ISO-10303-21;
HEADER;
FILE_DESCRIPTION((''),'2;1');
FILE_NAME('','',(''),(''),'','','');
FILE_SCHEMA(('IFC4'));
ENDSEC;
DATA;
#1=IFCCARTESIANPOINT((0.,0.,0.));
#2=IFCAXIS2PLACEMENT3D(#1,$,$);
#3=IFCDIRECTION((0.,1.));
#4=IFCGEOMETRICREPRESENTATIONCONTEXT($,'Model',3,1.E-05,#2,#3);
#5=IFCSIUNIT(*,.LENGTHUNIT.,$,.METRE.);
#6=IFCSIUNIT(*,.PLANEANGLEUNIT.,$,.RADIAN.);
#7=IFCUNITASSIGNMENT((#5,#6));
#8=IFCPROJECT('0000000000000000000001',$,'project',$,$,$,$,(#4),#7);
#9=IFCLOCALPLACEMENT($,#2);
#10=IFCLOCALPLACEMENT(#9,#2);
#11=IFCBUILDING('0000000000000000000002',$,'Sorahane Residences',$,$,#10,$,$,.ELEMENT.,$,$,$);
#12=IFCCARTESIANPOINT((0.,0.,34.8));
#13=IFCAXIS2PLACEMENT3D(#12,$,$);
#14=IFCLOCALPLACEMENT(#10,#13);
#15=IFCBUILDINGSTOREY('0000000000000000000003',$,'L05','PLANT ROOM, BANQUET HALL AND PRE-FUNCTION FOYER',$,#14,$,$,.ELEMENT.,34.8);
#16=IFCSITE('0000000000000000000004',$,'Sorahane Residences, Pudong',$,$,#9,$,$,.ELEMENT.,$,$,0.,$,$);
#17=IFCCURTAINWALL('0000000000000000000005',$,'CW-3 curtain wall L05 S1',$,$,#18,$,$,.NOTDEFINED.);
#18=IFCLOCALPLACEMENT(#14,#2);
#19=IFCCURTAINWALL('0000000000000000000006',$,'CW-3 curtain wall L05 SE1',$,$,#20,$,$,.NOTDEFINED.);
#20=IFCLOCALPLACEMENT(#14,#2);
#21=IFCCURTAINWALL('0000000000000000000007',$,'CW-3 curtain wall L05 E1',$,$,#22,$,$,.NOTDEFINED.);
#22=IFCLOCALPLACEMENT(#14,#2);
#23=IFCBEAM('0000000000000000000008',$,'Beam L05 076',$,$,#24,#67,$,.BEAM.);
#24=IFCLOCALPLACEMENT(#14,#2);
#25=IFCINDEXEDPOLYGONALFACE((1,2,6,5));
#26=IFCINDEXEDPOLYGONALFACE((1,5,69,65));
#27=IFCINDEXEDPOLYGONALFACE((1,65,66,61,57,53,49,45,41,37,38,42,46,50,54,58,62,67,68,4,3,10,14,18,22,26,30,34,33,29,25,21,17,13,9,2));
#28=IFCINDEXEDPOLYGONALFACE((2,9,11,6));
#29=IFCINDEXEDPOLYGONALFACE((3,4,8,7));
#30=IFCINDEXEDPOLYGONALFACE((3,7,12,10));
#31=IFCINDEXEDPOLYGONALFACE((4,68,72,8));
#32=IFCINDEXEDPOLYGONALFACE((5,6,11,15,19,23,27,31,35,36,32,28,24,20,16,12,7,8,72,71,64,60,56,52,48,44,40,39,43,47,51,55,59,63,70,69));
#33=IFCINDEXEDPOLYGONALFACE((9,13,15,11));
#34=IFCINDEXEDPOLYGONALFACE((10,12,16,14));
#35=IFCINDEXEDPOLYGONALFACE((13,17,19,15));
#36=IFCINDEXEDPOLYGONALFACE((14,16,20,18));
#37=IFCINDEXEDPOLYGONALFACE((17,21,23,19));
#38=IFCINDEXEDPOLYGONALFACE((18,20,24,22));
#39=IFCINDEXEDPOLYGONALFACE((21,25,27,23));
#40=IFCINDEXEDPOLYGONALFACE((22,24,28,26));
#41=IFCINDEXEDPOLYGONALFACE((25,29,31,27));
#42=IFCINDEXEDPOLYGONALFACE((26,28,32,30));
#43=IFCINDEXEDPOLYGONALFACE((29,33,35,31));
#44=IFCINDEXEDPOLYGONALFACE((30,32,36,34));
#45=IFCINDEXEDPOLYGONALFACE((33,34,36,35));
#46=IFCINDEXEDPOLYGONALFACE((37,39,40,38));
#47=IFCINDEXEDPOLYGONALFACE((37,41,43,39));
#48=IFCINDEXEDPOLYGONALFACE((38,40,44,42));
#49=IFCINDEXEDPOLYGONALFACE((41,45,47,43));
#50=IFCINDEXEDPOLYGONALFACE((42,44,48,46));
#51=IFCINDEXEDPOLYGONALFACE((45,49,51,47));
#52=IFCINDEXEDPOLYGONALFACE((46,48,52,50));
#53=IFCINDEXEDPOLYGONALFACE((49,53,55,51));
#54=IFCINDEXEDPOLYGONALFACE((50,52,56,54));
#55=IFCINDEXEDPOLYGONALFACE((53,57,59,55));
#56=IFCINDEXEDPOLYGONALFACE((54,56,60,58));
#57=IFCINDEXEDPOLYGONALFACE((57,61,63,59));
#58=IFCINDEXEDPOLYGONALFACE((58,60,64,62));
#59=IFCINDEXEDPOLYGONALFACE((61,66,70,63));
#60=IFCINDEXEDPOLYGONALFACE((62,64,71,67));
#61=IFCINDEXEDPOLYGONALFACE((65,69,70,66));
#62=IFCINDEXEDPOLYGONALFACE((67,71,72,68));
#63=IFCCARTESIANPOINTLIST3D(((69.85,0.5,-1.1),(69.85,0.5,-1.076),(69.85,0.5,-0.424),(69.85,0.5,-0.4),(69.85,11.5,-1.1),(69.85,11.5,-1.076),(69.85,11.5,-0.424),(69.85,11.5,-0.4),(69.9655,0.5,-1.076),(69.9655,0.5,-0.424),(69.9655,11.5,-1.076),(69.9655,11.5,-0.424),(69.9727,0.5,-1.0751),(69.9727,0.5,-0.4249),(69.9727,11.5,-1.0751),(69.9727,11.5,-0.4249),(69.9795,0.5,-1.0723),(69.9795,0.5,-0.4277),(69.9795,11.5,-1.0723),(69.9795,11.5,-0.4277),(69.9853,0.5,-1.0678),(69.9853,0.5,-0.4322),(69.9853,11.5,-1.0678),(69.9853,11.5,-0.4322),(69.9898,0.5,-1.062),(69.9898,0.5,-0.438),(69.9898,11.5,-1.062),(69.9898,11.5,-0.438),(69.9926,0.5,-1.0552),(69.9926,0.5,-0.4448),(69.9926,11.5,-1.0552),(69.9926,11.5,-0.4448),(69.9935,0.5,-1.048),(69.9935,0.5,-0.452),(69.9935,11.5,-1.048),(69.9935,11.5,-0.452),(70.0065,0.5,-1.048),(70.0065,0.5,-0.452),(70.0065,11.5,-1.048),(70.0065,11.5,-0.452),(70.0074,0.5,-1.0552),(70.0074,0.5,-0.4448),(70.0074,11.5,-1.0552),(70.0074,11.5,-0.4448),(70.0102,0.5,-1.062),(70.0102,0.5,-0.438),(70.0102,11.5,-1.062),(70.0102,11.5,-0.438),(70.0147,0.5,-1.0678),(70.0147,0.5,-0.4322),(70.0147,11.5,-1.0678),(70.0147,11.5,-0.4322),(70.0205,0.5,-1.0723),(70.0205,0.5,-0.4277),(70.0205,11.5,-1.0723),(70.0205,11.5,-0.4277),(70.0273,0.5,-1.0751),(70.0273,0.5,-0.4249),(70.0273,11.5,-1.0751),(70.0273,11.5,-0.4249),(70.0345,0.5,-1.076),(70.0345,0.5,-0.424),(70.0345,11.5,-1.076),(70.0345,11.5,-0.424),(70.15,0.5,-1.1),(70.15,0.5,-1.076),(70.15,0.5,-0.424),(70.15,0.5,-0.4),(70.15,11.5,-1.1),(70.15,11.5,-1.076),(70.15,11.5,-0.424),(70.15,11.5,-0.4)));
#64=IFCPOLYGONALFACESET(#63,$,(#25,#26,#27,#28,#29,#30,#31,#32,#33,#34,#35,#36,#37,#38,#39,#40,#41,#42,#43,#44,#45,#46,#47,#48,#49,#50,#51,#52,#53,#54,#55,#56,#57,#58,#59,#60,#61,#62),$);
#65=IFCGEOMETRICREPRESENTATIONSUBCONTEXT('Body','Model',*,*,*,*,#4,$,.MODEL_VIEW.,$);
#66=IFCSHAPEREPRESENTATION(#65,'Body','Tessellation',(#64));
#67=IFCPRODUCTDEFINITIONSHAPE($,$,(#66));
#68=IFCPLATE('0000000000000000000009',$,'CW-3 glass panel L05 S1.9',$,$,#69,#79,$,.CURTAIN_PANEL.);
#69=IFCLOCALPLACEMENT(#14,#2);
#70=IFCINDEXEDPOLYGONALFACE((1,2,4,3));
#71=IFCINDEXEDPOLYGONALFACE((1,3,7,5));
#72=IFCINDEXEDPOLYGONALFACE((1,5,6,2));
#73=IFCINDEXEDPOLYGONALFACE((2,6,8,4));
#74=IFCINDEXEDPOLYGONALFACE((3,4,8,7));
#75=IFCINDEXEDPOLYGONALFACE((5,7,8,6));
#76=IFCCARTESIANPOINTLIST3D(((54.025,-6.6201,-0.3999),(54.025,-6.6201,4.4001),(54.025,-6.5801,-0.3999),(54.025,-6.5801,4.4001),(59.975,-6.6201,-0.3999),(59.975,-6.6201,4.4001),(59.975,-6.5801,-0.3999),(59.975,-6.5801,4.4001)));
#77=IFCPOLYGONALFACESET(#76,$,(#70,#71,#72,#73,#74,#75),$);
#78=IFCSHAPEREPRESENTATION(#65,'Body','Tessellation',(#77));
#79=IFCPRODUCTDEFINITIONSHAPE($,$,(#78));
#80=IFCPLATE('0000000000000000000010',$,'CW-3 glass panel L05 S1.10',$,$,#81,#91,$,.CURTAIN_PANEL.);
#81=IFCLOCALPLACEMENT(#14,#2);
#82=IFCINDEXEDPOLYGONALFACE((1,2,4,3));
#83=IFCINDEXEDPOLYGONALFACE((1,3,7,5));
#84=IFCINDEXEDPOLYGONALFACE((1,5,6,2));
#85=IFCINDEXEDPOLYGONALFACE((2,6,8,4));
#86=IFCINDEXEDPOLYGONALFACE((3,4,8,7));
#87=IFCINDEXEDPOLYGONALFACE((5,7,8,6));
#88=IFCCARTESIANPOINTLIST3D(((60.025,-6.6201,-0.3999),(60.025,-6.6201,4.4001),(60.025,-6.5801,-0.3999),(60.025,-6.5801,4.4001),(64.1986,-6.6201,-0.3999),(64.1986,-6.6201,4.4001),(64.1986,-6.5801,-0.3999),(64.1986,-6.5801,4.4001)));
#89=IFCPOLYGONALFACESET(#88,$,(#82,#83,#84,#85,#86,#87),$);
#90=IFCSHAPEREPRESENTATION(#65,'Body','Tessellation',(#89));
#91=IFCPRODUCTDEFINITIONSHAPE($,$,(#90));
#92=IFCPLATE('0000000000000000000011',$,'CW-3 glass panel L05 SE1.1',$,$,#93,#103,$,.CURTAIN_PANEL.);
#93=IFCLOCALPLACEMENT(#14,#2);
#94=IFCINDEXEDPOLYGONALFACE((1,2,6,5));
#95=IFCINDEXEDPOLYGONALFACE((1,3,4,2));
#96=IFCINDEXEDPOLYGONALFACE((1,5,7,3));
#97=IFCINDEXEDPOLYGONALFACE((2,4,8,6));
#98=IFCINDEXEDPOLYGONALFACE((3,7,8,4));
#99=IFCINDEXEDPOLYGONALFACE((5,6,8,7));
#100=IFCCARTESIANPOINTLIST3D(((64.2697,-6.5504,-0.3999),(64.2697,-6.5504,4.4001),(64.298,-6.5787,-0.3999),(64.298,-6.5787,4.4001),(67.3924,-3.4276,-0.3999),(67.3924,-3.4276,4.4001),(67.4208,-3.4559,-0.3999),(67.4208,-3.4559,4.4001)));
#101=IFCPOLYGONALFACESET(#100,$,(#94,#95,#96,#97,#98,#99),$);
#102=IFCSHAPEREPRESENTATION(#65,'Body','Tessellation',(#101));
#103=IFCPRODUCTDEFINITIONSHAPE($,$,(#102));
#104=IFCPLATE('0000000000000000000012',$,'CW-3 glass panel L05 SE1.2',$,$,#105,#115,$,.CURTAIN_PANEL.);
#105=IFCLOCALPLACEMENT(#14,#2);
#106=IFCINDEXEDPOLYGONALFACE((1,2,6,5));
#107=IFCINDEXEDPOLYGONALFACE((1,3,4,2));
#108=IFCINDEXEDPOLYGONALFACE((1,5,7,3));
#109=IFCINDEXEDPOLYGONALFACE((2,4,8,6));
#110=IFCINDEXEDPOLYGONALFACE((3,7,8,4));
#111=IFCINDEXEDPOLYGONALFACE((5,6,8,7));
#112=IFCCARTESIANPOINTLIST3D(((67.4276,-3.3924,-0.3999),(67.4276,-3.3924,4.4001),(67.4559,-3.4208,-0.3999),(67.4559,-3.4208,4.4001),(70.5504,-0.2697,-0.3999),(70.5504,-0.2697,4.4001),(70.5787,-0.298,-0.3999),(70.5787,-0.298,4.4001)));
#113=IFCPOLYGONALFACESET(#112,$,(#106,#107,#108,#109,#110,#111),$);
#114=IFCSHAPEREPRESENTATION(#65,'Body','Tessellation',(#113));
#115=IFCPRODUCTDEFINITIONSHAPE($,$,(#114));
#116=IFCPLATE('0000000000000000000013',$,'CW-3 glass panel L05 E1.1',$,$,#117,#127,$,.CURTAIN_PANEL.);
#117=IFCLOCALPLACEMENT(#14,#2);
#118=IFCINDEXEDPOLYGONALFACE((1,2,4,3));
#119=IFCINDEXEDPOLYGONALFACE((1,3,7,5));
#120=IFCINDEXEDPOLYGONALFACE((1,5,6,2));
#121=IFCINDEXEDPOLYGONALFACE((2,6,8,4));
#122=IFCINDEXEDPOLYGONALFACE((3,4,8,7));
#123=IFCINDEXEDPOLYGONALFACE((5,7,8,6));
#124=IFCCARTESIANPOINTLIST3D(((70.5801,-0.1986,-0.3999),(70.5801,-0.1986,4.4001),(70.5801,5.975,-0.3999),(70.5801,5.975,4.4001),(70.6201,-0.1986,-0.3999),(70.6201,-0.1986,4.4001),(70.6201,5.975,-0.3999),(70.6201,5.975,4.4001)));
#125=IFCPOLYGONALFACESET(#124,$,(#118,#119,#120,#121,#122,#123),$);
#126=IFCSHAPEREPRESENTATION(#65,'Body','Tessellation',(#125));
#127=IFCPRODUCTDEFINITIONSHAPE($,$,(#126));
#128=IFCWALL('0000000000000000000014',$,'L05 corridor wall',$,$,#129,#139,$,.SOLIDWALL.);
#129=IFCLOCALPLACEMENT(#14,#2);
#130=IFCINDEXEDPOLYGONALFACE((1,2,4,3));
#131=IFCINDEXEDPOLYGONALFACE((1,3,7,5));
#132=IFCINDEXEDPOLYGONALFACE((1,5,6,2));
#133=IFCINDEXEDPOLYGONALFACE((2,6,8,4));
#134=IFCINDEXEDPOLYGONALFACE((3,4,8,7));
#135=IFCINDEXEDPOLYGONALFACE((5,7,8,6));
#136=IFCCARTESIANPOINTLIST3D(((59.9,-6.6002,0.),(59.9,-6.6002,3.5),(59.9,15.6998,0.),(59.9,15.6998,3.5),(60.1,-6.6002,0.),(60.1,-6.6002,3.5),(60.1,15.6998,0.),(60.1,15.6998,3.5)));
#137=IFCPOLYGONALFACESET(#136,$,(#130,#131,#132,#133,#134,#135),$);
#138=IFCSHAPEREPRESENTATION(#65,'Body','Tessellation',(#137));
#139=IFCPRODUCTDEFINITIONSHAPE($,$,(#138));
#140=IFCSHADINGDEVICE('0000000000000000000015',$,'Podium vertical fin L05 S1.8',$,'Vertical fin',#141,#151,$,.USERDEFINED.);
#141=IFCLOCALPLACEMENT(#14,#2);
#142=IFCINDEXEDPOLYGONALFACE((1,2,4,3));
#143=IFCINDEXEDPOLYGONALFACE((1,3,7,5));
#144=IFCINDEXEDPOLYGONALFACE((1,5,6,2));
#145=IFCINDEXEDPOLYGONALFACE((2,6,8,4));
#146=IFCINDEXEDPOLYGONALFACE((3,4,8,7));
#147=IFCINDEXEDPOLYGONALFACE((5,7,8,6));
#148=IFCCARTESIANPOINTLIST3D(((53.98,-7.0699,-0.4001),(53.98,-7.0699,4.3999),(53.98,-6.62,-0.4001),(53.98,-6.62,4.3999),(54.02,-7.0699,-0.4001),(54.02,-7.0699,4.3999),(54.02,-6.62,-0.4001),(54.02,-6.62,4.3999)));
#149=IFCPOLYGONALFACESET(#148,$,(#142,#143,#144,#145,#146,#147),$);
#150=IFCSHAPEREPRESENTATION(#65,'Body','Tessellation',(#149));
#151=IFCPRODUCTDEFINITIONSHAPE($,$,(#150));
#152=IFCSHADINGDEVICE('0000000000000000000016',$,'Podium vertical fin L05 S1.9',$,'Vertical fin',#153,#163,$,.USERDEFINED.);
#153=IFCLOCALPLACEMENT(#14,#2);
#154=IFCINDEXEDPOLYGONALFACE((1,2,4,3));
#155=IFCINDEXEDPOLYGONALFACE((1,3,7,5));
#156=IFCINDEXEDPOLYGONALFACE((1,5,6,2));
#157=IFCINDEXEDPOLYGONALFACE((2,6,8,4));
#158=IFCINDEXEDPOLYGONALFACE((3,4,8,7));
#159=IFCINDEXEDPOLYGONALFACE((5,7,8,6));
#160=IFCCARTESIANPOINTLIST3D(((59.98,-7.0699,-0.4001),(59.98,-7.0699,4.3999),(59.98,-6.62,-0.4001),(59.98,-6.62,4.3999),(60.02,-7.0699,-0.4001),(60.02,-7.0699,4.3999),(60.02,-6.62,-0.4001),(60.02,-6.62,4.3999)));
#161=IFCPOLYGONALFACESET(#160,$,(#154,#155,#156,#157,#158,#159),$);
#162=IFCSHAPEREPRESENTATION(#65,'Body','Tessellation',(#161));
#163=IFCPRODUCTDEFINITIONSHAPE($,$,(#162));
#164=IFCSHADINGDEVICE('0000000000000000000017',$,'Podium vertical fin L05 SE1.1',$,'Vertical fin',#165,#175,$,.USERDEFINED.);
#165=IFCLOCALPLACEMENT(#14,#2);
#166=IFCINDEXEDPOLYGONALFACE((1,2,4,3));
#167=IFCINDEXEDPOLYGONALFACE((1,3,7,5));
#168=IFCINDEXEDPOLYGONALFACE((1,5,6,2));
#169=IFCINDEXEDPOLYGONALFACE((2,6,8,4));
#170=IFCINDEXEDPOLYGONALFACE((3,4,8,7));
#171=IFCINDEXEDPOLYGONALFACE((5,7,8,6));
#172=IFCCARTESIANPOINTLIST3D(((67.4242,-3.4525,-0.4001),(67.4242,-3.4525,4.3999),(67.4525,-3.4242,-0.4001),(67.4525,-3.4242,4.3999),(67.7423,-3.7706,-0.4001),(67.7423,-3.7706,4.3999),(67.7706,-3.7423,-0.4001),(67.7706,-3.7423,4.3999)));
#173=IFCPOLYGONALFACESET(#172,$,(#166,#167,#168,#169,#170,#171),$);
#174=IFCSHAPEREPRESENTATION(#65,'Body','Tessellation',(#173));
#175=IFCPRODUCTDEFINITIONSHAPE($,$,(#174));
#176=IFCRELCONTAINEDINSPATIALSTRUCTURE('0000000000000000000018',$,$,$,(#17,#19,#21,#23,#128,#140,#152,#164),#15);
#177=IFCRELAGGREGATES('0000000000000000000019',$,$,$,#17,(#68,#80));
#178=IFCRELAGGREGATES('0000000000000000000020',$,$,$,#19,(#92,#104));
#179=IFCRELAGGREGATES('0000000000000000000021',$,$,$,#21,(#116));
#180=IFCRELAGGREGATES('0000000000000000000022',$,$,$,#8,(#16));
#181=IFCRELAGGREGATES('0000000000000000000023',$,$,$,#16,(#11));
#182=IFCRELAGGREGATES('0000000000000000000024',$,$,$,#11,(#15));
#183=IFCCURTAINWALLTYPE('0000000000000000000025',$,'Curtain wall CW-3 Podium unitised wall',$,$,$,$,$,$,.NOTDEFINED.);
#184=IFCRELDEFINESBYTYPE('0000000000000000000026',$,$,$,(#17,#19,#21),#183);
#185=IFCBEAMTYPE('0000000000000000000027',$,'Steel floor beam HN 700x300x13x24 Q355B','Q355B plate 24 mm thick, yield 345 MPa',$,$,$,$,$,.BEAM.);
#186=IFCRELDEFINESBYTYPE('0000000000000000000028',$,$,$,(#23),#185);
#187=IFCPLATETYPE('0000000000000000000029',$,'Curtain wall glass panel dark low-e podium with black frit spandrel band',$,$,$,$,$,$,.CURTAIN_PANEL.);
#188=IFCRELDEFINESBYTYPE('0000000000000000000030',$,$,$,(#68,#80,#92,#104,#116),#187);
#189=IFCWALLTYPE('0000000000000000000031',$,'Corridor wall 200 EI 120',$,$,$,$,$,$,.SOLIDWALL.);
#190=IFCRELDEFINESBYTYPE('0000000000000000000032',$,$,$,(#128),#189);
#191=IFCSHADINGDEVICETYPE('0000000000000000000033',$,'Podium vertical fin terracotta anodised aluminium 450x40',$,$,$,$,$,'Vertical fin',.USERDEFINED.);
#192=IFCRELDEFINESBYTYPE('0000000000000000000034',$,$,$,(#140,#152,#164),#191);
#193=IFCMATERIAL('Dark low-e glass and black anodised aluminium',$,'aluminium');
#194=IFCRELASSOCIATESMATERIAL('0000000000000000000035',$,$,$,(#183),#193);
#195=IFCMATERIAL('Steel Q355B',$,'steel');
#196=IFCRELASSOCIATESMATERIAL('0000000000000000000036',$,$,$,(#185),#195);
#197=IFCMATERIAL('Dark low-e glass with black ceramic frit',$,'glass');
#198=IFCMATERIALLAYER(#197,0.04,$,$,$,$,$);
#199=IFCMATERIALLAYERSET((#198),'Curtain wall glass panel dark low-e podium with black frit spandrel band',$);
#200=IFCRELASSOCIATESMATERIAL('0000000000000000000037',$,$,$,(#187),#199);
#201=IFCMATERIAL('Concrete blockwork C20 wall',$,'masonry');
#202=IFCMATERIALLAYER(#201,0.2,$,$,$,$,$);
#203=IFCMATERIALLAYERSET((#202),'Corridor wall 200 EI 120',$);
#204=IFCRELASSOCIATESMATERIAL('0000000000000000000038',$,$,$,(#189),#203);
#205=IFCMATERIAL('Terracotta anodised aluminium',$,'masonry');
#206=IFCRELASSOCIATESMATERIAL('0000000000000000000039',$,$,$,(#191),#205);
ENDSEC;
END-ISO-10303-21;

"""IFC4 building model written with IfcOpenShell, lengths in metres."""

from ifc_helpers import new_model, si_unit, direction, frame, frame_2d, origin, origin_2d, place, context, subcontext, project, spatial, rectangle, i_section, extrude, material, layer, layer_set, material_profile, profile_set, type_object, element, aggregate, save


model = new_model("IFC4")

# Units and contexts
model_context = context("Model", 3, precision=1e-05, world=origin(), true_north=direction((0.0, 1.0)))
body_context = subcontext(model_context, "Body", "Model", "MODEL_VIEW")
ifc_project = project(units=[si_unit("LENGTHUNIT", "METRE"), si_unit("PLANEANGLEUNIT", "RADIAN")], contexts=[model_context])

# Site, building, storey
site_placement = place(None, origin())
site = spatial("IfcSite", under=ifc_project, at=site_placement, Name="Sorahane Residences, Pudong", CompositionType="ELEMENT", RefElevation=0.0)
building_placement = place(site_placement, origin())
building = spatial("IfcBuilding", under=site, at=building_placement, Name="Sorahane Residences", CompositionType="ELEMENT")
storey_placement = place(building_placement, frame((0.0, 0.0, 34.8)))
storey = spatial("IfcBuildingStorey", under=building, at=storey_placement, Name="L05", Description="PLANT ROOM, BANQUET HALL AND PRE-FUNCTION FOYER", CompositionType="ELEMENT", Elevation=34.8)

# Curtain walls
ifc_material_1 = material(Name="Dark low-e glass and black anodised aluminium", Category="aluminium")
curtain_wall_type = type_object("IfcCurtainWallType", Name="Curtain wall CW-3 Podium unitised wall", PredefinedType="NOTDEFINED", material=ifc_material_1)
curtain_wall_1_placement = place(storey_placement, origin())
curtain_wall_1 = element("IfcCurtainWall", 1, at=curtain_wall_1_placement, inside=storey, type_object=curtain_wall_type, Name="CW-3 curtain wall L05 S1", PredefinedType="NOTDEFINED")
curtain_wall_2_placement = place(storey_placement, origin())
curtain_wall_2 = element("IfcCurtainWall", 2, at=curtain_wall_2_placement, inside=storey, type_object=curtain_wall_type, Name="CW-3 curtain wall L05 SE1", PredefinedType="NOTDEFINED")

# Curtain wall
curtain_wall_3_placement = place(storey_placement, origin())
curtain_wall_3 = element("IfcCurtainWall", 3, at=curtain_wall_3_placement, inside=storey, type_object=curtain_wall_type, Name="CW-3 curtain wall L05 E1", PredefinedType="NOTDEFINED")

# Beam
ifc_material_2 = material(Name="Steel Q355B", Category="steel")
ifc_material_profile_1 = material_profile(ifc_material_2, i_section(OverallWidth=0.3, OverallDepth=0.7, WebThickness=0.0129, FlangeThickness=0.0239, FilletRadius=0.0281, at=origin_2d()), Name="HN 700x300x13x24")
ifc_profile_set_1 = profile_set([ifc_material_profile_1], Name="Steel Q355B")
beam_type_1 = type_object("IfcBeamType", Name="Steel floor beam HN 700x300x13x24 Q355B", Description="Q355B plate 24 mm thick, yield 345 MPa", PredefinedType="BEAM", material=ifc_profile_set_1)
beam_1_placement = place(storey_placement, frame((70.0, 0.5, -0.75), z_axis=(0.0, 1.0, 0.0), x_axis=(-1.0, 0.0, 0.0)))
element("IfcBeam", 4, at=beam_1_placement, inside=storey, type_object=beam_type_1, Name="Beam L05 076", PredefinedType="BEAM", context=body_context, shape_type="SweptSolid", body=[
    extrude(i_section(OverallWidth=0.3, OverallDepth=0.7, WebThickness=0.0129, FlangeThickness=0.0239, FilletRadius=0.0281, at=origin_2d()), origin(), (0.0, 0.0, 1.0), 11.0),
])

# Plates
ifc_material_3 = material(Name="Dark low-e glass with black ceramic frit", Category="glass")
ifc_layer_1 = layer(ifc_material_3, 0.04)
ifc_layer_set_1 = layer_set([ifc_layer_1], Name="Curtain wall glass panel dark low-e podium with black frit spandrel band")
plate_type = type_object("IfcPlateType", Name="Curtain wall glass panel dark low-e podium with black frit spandrel band", PredefinedType="CURTAIN_PANEL", material=ifc_layer_set_1)
plate_1_placement = place(storey_placement, frame((57.0, -6.6001, -0.3999), z_axis=(0.0, 0.0, 1.0), x_axis=(1.0, 0.0, 0.0)))
plate_1 = element("IfcPlate", 5, at=plate_1_placement, type_object=plate_type, Name="CW-3 glass panel L05 S1.9", PredefinedType="CURTAIN_PANEL", context=body_context, shape_type="SweptSolid", body=[
    extrude(rectangle(XDim=5.95, YDim=0.04, at=origin_2d()), origin(), (0.0, 0.0, 1.0), 4.8),
])
plate_2_placement = place(storey_placement, frame((62.1118, -6.6001, -0.3999), z_axis=(0.0, 0.0, 1.0), x_axis=(1.0, 0.0, 0.0)))
plate_2 = element("IfcPlate", 6, at=plate_2_placement, type_object=plate_type, Name="CW-3 glass panel L05 S1.10", PredefinedType="CURTAIN_PANEL", context=body_context, shape_type="SweptSolid", body=[
    extrude(rectangle(XDim=4.1736, YDim=0.04, at=origin_2d()), origin(), (0.0, 0.0, 1.0), 4.8),
])
aggregate(curtain_wall_1, [plate_1, plate_2])
plate_3_placement = place(storey_placement, frame((65.8452, -5.0032, -0.3999), z_axis=(0.0, 0.0, 1.0), x_axis=(0.707107, 0.707107, 0.0)))
plate_3 = element("IfcPlate", 7, at=plate_3_placement, type_object=plate_type, Name="CW-3 glass panel L05 SE1.1", PredefinedType="CURTAIN_PANEL", context=body_context, shape_type="SweptSolid", body=[
    extrude(rectangle(XDim=4.4163, YDim=0.04, at=origin_2d()), origin(), (0.0, 0.0, 1.0), 4.8),
])
plate_4_placement = place(storey_placement, frame((69.0032, -1.8452, -0.3999), z_axis=(0.0, 0.0, 1.0), x_axis=(0.707107, 0.707107, 0.0)))
plate_4 = element("IfcPlate", 8, at=plate_4_placement, type_object=plate_type, Name="CW-3 glass panel L05 SE1.2", PredefinedType="CURTAIN_PANEL", context=body_context, shape_type="SweptSolid", body=[
    extrude(rectangle(XDim=4.4163, YDim=0.04, at=origin_2d()), origin(), (0.0, 0.0, 1.0), 4.8),
])
aggregate(curtain_wall_2, [plate_3, plate_4])
plate_5_placement = place(storey_placement, frame((70.6001, 2.8882, -0.3999), z_axis=(0.0, 0.0, 1.0), x_axis=(0.0, 1.0, 0.0)))
plate_5 = element("IfcPlate", 9, at=plate_5_placement, type_object=plate_type, Name="CW-3 glass panel L05 E1.1", PredefinedType="CURTAIN_PANEL", context=body_context, shape_type="SweptSolid", body=[
    extrude(rectangle(XDim=6.1736, YDim=0.04, at=origin_2d()), origin(), (0.0, 0.0, 1.0), 4.8),
])
aggregate(curtain_wall_3, [plate_5])

# Wall
ifc_material_4 = material(Name="Concrete blockwork C20 wall", Category="masonry")
ifc_layer_2 = layer(ifc_material_4, 0.2)
ifc_layer_set_2 = layer_set([ifc_layer_2], Name="Corridor wall 200 EI 120")
wall_type = type_object("IfcWallType", Name="Corridor wall 200 EI 120", PredefinedType="SOLIDWALL", material=ifc_layer_set_2)
wall_placement = place(storey_placement, frame((60.0, -6.6001, 0.0), z_axis=(0.0, 0.0, 1.0), x_axis=(0.0, 1.0, 0.0)))
element("IfcWall", 10, at=wall_placement, inside=storey, type_object=wall_type, Name="L05 corridor wall", PredefinedType="SOLIDWALL", context=body_context, shape_type="SweptSolid", body=[
    extrude(rectangle(XDim=22.3, YDim=0.2, at=frame_2d((11.1499, 0.0))), origin(), (0.0, 0.0, 1.0), 3.5),
])

# Shading devices
ifc_material_5 = material(Name="Terracotta anodised aluminium", Category="masonry")
ifc_material_profile_2 = material_profile(ifc_material_5, rectangle(XDim=0.45, YDim=0.04, at=origin_2d()), Name="Podium vertical fin terracotta anodised aluminium 450x40")
ifc_profile_set_2 = profile_set([ifc_material_profile_2], Name="Terracotta anodised aluminium")
shading_device_type = type_object("IfcShadingDeviceType", Name="Podium vertical fin terracotta anodised aluminium 450x40", ElementType="Vertical fin", PredefinedType="USERDEFINED", material=ifc_profile_set_2)
for number, where, z_axis, x_axis, name in (
    (11, (54.0, -6.845, -0.4001), (0.0, 0.0, 1.0), (0.0, -1.0, 0.0), "Podium vertical fin L05 S1.8"),
    (12, (60.0, -6.845, -0.4001), (0.0, 0.0, 1.0), (0.0, -1.0, 0.0), "Podium vertical fin L05 S1.9"),
    (13, (67.5974, -3.5974, -0.4001), (0.0, 0.0, 1.0), (0.707107, -0.707107, 0.0), "Podium vertical fin L05 SE1.1"),
):
    element("IfcShadingDevice", number, at=place(storey_placement, frame(where, z_axis=z_axis, x_axis=x_axis)), inside=storey, type_object=shading_device_type, Name=name, ObjectType="Vertical fin", PredefinedType="USERDEFINED", context=body_context, shape_type="SweptSolid", body=[
        extrude(rectangle(XDim=0.45, YDim=0.04, at=origin_2d()), origin(), (0.0, 0.0, 1.0), 4.8),
    ])

save(model, "model.ifc")
